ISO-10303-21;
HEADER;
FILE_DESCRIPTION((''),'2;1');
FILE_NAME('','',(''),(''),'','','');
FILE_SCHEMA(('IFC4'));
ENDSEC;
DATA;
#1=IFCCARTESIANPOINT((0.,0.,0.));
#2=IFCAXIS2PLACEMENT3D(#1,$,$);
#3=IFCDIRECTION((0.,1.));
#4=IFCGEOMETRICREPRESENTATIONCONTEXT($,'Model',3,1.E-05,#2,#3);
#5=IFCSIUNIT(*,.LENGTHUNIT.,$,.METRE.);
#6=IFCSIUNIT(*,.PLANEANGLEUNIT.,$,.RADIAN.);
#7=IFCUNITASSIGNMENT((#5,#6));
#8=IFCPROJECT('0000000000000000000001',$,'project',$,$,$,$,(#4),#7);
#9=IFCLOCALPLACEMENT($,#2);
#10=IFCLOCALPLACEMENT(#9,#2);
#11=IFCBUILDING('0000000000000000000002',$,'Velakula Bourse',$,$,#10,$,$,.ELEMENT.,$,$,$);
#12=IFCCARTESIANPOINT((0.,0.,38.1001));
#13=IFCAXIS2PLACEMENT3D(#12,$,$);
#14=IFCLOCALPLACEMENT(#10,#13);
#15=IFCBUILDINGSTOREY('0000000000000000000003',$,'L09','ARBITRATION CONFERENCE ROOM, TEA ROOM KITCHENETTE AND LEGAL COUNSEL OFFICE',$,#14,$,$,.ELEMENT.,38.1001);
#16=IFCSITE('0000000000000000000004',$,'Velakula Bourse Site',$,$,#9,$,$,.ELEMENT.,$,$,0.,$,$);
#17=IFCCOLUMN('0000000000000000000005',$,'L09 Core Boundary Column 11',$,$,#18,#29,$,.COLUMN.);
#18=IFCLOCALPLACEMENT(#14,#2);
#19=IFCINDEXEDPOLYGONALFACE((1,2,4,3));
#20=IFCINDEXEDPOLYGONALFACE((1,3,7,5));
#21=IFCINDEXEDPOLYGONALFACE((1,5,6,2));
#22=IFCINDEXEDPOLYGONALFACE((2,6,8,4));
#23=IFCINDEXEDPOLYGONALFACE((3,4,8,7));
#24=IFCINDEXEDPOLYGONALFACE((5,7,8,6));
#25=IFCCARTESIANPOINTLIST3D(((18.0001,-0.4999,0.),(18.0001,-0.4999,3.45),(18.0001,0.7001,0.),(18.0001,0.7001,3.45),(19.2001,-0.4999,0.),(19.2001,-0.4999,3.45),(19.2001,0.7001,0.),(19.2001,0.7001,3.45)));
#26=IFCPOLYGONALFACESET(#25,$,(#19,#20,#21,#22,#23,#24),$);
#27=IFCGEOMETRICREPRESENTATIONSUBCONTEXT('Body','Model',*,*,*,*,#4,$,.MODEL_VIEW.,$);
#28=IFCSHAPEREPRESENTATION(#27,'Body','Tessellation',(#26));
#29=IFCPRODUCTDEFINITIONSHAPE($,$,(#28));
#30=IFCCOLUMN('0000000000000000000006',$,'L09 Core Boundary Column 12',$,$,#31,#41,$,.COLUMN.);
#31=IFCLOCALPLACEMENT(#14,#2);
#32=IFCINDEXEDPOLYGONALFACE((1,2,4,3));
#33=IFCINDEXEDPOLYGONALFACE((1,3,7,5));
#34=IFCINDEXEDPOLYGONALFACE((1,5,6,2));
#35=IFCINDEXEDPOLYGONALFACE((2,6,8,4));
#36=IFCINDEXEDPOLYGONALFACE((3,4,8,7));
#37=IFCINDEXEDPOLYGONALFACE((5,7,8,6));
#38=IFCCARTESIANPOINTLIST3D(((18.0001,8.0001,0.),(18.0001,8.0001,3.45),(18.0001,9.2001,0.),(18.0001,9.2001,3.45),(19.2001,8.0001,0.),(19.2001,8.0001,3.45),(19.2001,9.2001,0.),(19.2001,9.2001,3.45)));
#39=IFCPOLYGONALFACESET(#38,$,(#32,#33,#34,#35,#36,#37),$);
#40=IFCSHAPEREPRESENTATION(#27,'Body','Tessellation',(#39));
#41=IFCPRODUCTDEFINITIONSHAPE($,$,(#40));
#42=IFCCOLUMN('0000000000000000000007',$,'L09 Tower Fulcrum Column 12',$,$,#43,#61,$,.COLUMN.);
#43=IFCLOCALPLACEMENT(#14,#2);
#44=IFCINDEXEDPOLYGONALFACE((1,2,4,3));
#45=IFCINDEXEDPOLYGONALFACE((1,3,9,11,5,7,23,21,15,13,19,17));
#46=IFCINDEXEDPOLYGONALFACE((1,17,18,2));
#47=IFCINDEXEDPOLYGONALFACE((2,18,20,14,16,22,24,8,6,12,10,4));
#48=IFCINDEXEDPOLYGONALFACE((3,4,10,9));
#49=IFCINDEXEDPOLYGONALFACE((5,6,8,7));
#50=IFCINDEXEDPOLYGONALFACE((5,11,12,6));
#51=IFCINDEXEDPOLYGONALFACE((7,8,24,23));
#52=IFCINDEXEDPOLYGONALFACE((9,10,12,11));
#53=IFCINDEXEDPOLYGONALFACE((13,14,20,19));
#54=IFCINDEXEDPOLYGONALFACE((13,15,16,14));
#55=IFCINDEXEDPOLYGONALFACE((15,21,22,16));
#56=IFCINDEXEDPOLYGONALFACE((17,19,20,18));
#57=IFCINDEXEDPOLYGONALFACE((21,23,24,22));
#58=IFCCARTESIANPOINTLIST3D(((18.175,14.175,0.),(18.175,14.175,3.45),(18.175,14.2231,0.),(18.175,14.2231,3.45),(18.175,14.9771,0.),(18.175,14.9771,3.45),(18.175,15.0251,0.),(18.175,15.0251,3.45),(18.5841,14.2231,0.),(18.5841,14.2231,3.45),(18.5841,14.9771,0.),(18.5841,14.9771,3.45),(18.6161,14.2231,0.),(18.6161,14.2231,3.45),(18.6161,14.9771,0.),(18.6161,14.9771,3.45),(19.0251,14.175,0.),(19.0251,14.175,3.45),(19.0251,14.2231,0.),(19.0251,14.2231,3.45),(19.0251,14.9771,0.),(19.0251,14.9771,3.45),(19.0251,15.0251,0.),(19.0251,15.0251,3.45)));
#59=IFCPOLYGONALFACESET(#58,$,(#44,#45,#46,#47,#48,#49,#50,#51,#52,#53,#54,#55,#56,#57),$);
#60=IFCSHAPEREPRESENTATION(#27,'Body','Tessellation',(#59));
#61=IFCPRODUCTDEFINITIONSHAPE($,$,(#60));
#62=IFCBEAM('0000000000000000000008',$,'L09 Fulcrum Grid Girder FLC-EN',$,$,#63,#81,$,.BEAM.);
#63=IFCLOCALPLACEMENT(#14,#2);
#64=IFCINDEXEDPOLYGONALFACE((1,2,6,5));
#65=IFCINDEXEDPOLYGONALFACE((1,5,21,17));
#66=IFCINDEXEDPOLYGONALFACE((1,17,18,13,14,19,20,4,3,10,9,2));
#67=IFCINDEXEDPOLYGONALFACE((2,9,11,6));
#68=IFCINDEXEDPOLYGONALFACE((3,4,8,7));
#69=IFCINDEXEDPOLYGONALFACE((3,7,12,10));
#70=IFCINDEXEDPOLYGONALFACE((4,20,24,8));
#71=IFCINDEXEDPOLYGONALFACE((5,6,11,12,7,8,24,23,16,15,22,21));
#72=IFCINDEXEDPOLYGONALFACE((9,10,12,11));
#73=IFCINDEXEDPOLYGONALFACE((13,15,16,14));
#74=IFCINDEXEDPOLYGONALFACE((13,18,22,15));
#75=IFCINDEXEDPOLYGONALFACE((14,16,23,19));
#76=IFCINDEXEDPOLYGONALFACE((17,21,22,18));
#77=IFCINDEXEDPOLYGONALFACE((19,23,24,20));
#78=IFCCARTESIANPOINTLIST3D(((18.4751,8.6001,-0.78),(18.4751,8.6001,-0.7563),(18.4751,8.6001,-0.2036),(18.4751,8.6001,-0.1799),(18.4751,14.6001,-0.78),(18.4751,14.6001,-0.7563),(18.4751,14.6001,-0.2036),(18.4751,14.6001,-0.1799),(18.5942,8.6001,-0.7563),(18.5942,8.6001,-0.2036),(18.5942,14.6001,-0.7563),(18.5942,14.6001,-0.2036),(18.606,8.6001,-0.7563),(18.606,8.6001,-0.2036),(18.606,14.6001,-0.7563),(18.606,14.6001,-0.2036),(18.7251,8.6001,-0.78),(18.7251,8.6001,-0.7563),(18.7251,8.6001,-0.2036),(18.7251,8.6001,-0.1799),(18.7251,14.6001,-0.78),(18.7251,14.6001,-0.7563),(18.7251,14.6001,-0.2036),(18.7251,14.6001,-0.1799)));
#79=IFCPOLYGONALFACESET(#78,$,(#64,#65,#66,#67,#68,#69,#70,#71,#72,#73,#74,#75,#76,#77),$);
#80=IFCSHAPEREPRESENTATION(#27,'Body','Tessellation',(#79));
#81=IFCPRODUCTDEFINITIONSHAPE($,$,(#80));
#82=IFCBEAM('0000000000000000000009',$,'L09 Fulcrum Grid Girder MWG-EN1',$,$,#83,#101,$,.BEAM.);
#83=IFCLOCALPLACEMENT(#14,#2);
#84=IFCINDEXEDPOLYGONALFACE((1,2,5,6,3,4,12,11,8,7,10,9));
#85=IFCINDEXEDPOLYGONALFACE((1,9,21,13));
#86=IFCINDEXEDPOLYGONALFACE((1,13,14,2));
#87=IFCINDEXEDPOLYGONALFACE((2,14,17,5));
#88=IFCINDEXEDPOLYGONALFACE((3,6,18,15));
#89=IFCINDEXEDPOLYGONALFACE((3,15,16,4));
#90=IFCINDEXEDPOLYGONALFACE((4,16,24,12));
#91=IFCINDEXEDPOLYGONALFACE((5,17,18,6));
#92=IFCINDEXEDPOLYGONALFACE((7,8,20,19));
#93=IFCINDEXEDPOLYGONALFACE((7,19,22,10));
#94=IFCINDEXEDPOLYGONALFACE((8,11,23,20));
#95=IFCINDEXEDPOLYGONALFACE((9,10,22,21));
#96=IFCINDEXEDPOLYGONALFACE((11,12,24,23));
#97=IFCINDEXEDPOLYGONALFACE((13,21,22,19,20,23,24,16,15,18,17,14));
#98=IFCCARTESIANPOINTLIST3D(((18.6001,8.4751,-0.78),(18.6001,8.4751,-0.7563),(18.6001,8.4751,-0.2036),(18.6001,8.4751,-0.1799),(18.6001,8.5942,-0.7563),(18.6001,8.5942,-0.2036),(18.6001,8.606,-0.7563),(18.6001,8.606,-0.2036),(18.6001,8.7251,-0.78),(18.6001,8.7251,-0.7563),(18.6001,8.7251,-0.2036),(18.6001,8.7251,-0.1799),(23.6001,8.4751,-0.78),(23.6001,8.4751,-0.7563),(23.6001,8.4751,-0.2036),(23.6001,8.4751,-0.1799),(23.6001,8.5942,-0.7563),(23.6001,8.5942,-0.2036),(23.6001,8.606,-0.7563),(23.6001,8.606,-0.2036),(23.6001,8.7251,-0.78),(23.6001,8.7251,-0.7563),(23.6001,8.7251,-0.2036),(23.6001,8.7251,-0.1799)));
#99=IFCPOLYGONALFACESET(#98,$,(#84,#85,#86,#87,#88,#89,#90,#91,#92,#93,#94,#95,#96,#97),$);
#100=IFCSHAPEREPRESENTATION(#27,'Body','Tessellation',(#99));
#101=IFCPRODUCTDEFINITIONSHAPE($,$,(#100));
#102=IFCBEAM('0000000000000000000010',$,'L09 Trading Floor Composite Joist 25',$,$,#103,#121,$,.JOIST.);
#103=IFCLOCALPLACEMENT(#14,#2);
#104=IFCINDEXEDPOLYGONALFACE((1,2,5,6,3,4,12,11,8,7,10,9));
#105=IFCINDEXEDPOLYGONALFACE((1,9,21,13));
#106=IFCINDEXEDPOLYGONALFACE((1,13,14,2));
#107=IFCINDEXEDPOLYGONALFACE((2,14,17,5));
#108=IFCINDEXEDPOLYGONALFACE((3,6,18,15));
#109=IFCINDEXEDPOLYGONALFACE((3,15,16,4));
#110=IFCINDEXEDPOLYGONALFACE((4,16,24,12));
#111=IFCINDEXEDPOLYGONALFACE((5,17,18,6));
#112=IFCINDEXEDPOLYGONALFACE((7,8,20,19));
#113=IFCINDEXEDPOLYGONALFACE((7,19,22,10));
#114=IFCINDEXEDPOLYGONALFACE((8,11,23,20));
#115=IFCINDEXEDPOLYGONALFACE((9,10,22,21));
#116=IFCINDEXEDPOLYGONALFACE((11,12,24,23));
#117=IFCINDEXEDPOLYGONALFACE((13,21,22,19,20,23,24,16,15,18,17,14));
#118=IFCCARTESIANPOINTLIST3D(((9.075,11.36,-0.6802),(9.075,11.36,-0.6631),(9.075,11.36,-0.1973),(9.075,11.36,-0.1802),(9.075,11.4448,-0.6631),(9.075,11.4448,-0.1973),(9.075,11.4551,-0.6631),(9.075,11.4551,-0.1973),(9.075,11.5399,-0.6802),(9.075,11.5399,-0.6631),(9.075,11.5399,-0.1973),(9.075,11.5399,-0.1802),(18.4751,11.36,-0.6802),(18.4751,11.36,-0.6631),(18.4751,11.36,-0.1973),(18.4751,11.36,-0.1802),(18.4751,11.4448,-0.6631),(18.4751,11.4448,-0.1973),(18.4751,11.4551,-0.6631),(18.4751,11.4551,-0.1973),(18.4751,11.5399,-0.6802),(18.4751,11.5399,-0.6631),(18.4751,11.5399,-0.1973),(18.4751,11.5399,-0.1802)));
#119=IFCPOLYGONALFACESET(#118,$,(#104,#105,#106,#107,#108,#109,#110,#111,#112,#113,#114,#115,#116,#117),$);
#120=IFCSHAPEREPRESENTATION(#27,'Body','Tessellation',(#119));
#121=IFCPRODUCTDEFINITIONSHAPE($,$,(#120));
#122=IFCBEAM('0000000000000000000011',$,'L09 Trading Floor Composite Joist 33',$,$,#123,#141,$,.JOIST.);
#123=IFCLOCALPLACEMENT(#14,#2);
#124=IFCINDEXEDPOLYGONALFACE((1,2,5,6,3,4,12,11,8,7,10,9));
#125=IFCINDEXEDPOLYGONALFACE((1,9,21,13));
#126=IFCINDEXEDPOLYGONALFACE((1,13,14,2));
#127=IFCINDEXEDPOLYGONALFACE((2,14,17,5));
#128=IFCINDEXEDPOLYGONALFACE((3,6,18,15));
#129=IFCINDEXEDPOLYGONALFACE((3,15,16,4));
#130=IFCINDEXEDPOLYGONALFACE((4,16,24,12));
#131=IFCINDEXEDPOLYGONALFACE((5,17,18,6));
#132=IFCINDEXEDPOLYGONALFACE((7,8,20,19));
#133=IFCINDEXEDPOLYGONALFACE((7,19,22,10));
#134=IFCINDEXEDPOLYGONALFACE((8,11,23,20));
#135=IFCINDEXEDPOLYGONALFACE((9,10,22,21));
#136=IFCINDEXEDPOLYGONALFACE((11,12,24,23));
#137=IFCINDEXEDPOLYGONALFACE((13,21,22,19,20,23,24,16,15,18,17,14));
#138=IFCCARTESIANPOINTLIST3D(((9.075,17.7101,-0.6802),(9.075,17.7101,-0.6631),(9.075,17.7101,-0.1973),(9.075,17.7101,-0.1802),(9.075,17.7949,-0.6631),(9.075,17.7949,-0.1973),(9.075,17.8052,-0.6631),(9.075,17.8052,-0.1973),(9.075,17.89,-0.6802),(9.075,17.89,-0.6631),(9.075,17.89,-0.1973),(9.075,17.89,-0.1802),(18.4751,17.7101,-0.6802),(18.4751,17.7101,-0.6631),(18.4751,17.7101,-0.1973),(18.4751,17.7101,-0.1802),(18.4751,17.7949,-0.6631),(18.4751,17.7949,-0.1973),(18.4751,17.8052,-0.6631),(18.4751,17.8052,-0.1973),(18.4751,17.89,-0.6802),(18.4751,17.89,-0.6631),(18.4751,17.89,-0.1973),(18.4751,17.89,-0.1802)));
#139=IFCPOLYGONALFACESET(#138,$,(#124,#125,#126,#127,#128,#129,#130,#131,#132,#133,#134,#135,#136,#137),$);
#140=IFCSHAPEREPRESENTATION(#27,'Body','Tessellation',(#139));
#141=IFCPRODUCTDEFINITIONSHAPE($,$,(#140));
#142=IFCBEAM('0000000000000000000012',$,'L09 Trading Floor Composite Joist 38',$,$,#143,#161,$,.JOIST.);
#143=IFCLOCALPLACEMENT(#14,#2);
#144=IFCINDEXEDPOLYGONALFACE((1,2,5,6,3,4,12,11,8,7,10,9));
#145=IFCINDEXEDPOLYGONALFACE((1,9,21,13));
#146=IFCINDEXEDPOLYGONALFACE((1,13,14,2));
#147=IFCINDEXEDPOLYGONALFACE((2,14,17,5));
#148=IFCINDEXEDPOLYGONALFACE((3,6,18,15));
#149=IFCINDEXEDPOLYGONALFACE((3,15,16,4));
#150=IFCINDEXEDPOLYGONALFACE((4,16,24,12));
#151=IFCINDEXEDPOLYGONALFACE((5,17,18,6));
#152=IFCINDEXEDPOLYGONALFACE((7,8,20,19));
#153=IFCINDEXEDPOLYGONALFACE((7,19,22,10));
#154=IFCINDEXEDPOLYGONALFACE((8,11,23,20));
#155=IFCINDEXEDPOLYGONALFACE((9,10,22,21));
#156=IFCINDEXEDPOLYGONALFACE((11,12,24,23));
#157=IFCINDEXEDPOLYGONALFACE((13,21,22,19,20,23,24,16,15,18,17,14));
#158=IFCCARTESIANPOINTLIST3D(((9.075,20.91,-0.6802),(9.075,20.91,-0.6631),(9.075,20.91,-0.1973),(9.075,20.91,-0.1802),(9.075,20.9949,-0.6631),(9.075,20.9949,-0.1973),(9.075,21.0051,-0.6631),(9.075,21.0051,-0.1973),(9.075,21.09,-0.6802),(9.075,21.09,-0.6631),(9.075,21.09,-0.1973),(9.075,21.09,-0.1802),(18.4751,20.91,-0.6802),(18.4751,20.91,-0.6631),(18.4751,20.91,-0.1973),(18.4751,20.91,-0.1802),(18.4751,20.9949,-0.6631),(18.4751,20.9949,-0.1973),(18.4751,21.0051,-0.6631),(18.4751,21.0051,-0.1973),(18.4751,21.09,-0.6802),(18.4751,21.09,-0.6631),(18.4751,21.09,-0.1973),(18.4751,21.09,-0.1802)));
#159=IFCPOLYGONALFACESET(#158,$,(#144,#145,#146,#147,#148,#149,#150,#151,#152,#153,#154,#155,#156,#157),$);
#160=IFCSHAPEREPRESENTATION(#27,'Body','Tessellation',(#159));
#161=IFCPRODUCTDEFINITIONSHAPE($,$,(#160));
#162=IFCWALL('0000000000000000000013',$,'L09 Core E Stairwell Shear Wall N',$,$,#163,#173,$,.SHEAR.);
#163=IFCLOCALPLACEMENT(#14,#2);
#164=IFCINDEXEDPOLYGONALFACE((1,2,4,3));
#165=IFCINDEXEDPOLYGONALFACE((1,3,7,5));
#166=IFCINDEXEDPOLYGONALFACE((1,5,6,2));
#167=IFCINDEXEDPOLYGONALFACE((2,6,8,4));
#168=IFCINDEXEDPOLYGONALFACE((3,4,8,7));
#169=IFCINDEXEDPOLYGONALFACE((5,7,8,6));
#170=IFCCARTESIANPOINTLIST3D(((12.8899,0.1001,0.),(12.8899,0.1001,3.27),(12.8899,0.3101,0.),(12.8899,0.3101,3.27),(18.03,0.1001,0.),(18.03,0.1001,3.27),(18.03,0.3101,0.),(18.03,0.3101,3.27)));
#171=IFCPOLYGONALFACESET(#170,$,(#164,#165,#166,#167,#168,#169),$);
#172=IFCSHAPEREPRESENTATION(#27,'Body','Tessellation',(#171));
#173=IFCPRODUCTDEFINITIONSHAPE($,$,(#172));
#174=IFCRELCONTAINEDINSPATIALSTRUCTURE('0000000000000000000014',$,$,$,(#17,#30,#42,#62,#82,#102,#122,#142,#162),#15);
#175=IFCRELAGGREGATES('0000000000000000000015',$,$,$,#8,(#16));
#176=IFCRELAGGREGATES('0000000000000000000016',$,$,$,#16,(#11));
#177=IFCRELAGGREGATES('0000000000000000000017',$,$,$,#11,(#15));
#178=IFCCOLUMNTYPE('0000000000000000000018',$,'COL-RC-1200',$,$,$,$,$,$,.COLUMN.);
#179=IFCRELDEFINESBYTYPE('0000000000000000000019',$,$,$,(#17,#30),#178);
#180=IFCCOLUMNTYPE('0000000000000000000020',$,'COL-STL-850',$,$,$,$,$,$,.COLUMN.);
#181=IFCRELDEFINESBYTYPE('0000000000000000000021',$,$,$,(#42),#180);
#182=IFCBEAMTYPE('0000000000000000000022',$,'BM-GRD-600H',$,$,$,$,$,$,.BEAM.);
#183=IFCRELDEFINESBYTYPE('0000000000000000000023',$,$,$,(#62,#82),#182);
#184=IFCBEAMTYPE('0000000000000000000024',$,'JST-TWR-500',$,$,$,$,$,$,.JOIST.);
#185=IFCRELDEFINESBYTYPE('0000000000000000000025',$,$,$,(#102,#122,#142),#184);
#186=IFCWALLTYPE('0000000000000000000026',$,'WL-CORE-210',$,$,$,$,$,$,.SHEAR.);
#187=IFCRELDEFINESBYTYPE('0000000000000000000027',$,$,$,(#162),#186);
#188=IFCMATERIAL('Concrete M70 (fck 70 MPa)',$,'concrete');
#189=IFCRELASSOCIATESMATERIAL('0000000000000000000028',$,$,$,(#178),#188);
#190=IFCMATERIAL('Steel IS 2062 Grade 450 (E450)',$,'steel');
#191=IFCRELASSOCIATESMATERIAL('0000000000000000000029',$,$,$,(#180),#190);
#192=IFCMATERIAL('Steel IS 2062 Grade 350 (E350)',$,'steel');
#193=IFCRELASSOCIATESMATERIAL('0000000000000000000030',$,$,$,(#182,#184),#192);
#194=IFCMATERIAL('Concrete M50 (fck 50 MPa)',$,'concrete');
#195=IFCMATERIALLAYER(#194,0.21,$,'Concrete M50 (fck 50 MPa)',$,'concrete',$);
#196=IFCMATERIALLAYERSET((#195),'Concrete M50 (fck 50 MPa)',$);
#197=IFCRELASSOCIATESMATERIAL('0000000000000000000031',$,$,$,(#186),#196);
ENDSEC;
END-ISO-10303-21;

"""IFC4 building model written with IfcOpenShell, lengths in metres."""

from ifc_helpers import new_model, si_unit, direction, frame, frame_2d, origin, origin_2d, place, context, subcontext, project, spatial, rectangle, i_section, extrude, material, layer, layer_set, material_profile, profile_set, type_object, element, save


model = new_model("IFC4")

# Units and contexts
model_context = context("Model", 3, precision=1e-05, world=origin(), true_north=direction((0.0, 1.0)))
body_context = subcontext(model_context, "Body", "Model", "MODEL_VIEW")
ifc_project = project(units=[si_unit("LENGTHUNIT", "METRE"), si_unit("PLANEANGLEUNIT", "RADIAN")], contexts=[model_context])

# Site, building, storey
site_placement = place(None, origin())
site = spatial("IfcSite", under=ifc_project, at=site_placement, Name="Velakula Bourse Site", CompositionType="ELEMENT", RefElevation=0.0)
building_placement = place(site_placement, origin())
building = spatial("IfcBuilding", under=site, at=building_placement, Name="Velakula Bourse", CompositionType="ELEMENT")
storey_placement = place(building_placement, frame((0.0, 0.0, 38.1001)))
storey = spatial("IfcBuildingStorey", under=building, at=storey_placement, Name="L09", Description="ARBITRATION CONFERENCE ROOM, TEA ROOM KITCHENETTE AND LEGAL COUNSEL OFFICE", CompositionType="ELEMENT", Elevation=38.1001)

# Columns
ifc_material_1 = material(Name="Concrete M70 (fck 70 MPa)", Category="concrete")
ifc_material_profile_1 = material_profile(ifc_material_1, rectangle(XDim=1.2, YDim=1.2, at=origin_2d()), Name="Concrete M70 (fck 70 MPa)")
ifc_profile_set_1 = profile_set([ifc_material_profile_1], Name="Concrete M70 (fck 70 MPa)")
column_type_1 = type_object("IfcColumnType", Name="COL-RC-1200", PredefinedType="COLUMN", material=ifc_profile_set_1)
for number, where, z_axis, x_axis, name in (
    (1, (18.6001, 0.1001, 0.0), (0.0, 0.0, 1.0), (1.0, 0.0, 0.0), "L09 Core Boundary Column 11"),
    (2, (18.6001, 8.6001, 0.0), (0.0, 0.0, 1.0), (1.0, 0.0, 0.0), "L09 Core Boundary Column 12"),
):
    element("IfcColumn", number, at=place(storey_placement, frame(where, z_axis=z_axis, x_axis=x_axis)), inside=storey, type_object=column_type_1, Name=name, PredefinedType="COLUMN", context=body_context, shape_type="SweptSolid", body=[
        extrude(rectangle(XDim=1.2, YDim=1.2, at=origin_2d()), origin(), (0.0, 0.0, 1.0), 3.45),
    ])
ifc_material_2 = material(Name="Steel IS 2062 Grade 450 (E450)", Category="steel")
ifc_material_profile_2 = material_profile(ifc_material_2, i_section(OverallWidth=0.8501, OverallDepth=0.8501, WebThickness=0.032, FlangeThickness=0.0481, at=origin_2d()), Name="Steel IS 2062 Grade 450 (E450)")
ifc_profile_set_2 = profile_set([ifc_material_profile_2], Name="Steel IS 2062 Grade 450 (E450)")
column_type_2 = type_object("IfcColumnType", Name="COL-STL-850", PredefinedType="COLUMN", material=ifc_profile_set_2)
column_placement = place(storey_placement, frame((18.6001, 14.6001, 0.0), z_axis=(0.0, 0.0, 1.0), x_axis=(1.0, 0.0, 0.0)))
element("IfcColumn", 3, at=column_placement, inside=storey, type_object=column_type_2, Name="L09 Tower Fulcrum Column 12", PredefinedType="COLUMN", context=body_context, shape_type="SweptSolid", body=[
    extrude(i_section(OverallWidth=0.8501, OverallDepth=0.8501, WebThickness=0.032, FlangeThickness=0.0481, at=origin_2d()), origin(), (0.0, 0.0, 1.0), 3.45),
])

# Beams
ifc_material_3 = material(Name="Steel IS 2062 Grade 350 (E350)", Category="steel")
ifc_material_profile_3 = material_profile(ifc_material_3, i_section(OverallWidth=0.25, OverallDepth=0.6001, WebThickness=0.0117, FlangeThickness=0.0237, at=origin_2d()), Name="Steel IS 2062 Grade 350 (E350)")
ifc_profile_set_3 = profile_set([ifc_material_profile_3], Name="Steel IS 2062 Grade 350 (E350)")
beam_type_1 = type_object("IfcBeamType", Name="BM-GRD-600H", PredefinedType="BEAM", material=ifc_profile_set_3)
beam_1_placement = place(storey_placement, frame((18.6001, 8.6001, -0.48), z_axis=(0.0, 1.0, 0.0), x_axis=(-1.0, 0.0, 0.0)))
element("IfcBeam", 4, at=beam_1_placement, inside=storey, type_object=beam_type_1, Name="L09 Fulcrum Grid Girder FLC-EN", PredefinedType="BEAM", context=body_context, shape_type="SweptSolid", body=[
    extrude(i_section(OverallWidth=0.25, OverallDepth=0.6001, WebThickness=0.0117, FlangeThickness=0.0237, at=origin_2d()), origin(), (0.0, 0.0, 1.0), 6.0),
])
beam_2_placement = place(storey_placement, frame((18.6001, 8.6001, -0.48), z_axis=(1.0, 0.0, 0.0), x_axis=(0.0, 1.0, 0.0)))
element("IfcBeam", 5, at=beam_2_placement, inside=storey, type_object=beam_type_1, Name="L09 Fulcrum Grid Girder MWG-EN1", PredefinedType="BEAM", context=body_context, shape_type="SweptSolid", body=[
    extrude(i_section(OverallWidth=0.25, OverallDepth=0.6001, WebThickness=0.0117, FlangeThickness=0.0237, at=origin_2d()), origin(), (0.0, 0.0, 1.0), 5.0),
])
ifc_material_profile_4 = material_profile(ifc_material_3, i_section(OverallWidth=0.1799, OverallDepth=0.5, WebThickness=0.0103, FlangeThickness=0.0171, at=origin_2d()), Name="Steel IS 2062 Grade 350 (E350)")
ifc_profile_set_4 = profile_set([ifc_material_profile_4], Name="Steel IS 2062 Grade 350 (E350)")
beam_type_2 = type_object("IfcBeamType", Name="JST-TWR-500", PredefinedType="JOIST", material=ifc_profile_set_4)
for number, where, z_axis, x_axis, name in (
    (6, (9.075, 11.45, -0.4302), (1.0, 0.0, 0.0), (0.0, 1.0, 0.0), "L09 Trading Floor Composite Joist 25"),
    (7, (9.075, 17.8, -0.4302), (1.0, 0.0, 0.0), (0.0, 1.0, 0.0), "L09 Trading Floor Composite Joist 33"),
    (8, (9.075, 21.0, -0.4302), (1.0, 0.0, 0.0), (0.0, 1.0, 0.0), "L09 Trading Floor Composite Joist 38"),
):
    element("IfcBeam", number, at=place(storey_placement, frame(where, z_axis=z_axis, x_axis=x_axis)), inside=storey, type_object=beam_type_2, Name=name, PredefinedType="JOIST", context=body_context, shape_type="SweptSolid", body=[
        extrude(i_section(OverallWidth=0.1799, OverallDepth=0.5, WebThickness=0.0103, FlangeThickness=0.0171, at=origin_2d()), origin(), (0.0, 0.0, 1.0), 9.4001),
    ])

# Wall
ifc_material_4 = material(Name="Concrete M50 (fck 50 MPa)", Category="concrete")
ifc_layer_1 = layer(ifc_material_4, 0.21, Name="Concrete M50 (fck 50 MPa)", Category="concrete")
ifc_layer_set_1 = layer_set([ifc_layer_1], Name="Concrete M50 (fck 50 MPa)")
wall_type_1 = type_object("IfcWallType", Name="WL-CORE-210", PredefinedType="SHEAR", material=ifc_layer_set_1)
wall_1_placement = place(storey_placement, frame((18.03, 0.2051, 0.0), z_axis=(0.0, 0.0, 1.0), x_axis=(-1.0, 0.0, 0.0)))
element("IfcWall", 9, at=wall_1_placement, inside=storey, type_object=wall_type_1, Name="L09 Core E Stairwell Shear Wall N", PredefinedType="SHEAR", context=body_context, shape_type="SweptSolid", body=[
    extrude(rectangle(XDim=5.1401, YDim=0.21, at=frame_2d((2.5701, 0.0))), origin(), (0.0, 0.0, 1.0), 3.27),
])

save(model, "model.ifc")
